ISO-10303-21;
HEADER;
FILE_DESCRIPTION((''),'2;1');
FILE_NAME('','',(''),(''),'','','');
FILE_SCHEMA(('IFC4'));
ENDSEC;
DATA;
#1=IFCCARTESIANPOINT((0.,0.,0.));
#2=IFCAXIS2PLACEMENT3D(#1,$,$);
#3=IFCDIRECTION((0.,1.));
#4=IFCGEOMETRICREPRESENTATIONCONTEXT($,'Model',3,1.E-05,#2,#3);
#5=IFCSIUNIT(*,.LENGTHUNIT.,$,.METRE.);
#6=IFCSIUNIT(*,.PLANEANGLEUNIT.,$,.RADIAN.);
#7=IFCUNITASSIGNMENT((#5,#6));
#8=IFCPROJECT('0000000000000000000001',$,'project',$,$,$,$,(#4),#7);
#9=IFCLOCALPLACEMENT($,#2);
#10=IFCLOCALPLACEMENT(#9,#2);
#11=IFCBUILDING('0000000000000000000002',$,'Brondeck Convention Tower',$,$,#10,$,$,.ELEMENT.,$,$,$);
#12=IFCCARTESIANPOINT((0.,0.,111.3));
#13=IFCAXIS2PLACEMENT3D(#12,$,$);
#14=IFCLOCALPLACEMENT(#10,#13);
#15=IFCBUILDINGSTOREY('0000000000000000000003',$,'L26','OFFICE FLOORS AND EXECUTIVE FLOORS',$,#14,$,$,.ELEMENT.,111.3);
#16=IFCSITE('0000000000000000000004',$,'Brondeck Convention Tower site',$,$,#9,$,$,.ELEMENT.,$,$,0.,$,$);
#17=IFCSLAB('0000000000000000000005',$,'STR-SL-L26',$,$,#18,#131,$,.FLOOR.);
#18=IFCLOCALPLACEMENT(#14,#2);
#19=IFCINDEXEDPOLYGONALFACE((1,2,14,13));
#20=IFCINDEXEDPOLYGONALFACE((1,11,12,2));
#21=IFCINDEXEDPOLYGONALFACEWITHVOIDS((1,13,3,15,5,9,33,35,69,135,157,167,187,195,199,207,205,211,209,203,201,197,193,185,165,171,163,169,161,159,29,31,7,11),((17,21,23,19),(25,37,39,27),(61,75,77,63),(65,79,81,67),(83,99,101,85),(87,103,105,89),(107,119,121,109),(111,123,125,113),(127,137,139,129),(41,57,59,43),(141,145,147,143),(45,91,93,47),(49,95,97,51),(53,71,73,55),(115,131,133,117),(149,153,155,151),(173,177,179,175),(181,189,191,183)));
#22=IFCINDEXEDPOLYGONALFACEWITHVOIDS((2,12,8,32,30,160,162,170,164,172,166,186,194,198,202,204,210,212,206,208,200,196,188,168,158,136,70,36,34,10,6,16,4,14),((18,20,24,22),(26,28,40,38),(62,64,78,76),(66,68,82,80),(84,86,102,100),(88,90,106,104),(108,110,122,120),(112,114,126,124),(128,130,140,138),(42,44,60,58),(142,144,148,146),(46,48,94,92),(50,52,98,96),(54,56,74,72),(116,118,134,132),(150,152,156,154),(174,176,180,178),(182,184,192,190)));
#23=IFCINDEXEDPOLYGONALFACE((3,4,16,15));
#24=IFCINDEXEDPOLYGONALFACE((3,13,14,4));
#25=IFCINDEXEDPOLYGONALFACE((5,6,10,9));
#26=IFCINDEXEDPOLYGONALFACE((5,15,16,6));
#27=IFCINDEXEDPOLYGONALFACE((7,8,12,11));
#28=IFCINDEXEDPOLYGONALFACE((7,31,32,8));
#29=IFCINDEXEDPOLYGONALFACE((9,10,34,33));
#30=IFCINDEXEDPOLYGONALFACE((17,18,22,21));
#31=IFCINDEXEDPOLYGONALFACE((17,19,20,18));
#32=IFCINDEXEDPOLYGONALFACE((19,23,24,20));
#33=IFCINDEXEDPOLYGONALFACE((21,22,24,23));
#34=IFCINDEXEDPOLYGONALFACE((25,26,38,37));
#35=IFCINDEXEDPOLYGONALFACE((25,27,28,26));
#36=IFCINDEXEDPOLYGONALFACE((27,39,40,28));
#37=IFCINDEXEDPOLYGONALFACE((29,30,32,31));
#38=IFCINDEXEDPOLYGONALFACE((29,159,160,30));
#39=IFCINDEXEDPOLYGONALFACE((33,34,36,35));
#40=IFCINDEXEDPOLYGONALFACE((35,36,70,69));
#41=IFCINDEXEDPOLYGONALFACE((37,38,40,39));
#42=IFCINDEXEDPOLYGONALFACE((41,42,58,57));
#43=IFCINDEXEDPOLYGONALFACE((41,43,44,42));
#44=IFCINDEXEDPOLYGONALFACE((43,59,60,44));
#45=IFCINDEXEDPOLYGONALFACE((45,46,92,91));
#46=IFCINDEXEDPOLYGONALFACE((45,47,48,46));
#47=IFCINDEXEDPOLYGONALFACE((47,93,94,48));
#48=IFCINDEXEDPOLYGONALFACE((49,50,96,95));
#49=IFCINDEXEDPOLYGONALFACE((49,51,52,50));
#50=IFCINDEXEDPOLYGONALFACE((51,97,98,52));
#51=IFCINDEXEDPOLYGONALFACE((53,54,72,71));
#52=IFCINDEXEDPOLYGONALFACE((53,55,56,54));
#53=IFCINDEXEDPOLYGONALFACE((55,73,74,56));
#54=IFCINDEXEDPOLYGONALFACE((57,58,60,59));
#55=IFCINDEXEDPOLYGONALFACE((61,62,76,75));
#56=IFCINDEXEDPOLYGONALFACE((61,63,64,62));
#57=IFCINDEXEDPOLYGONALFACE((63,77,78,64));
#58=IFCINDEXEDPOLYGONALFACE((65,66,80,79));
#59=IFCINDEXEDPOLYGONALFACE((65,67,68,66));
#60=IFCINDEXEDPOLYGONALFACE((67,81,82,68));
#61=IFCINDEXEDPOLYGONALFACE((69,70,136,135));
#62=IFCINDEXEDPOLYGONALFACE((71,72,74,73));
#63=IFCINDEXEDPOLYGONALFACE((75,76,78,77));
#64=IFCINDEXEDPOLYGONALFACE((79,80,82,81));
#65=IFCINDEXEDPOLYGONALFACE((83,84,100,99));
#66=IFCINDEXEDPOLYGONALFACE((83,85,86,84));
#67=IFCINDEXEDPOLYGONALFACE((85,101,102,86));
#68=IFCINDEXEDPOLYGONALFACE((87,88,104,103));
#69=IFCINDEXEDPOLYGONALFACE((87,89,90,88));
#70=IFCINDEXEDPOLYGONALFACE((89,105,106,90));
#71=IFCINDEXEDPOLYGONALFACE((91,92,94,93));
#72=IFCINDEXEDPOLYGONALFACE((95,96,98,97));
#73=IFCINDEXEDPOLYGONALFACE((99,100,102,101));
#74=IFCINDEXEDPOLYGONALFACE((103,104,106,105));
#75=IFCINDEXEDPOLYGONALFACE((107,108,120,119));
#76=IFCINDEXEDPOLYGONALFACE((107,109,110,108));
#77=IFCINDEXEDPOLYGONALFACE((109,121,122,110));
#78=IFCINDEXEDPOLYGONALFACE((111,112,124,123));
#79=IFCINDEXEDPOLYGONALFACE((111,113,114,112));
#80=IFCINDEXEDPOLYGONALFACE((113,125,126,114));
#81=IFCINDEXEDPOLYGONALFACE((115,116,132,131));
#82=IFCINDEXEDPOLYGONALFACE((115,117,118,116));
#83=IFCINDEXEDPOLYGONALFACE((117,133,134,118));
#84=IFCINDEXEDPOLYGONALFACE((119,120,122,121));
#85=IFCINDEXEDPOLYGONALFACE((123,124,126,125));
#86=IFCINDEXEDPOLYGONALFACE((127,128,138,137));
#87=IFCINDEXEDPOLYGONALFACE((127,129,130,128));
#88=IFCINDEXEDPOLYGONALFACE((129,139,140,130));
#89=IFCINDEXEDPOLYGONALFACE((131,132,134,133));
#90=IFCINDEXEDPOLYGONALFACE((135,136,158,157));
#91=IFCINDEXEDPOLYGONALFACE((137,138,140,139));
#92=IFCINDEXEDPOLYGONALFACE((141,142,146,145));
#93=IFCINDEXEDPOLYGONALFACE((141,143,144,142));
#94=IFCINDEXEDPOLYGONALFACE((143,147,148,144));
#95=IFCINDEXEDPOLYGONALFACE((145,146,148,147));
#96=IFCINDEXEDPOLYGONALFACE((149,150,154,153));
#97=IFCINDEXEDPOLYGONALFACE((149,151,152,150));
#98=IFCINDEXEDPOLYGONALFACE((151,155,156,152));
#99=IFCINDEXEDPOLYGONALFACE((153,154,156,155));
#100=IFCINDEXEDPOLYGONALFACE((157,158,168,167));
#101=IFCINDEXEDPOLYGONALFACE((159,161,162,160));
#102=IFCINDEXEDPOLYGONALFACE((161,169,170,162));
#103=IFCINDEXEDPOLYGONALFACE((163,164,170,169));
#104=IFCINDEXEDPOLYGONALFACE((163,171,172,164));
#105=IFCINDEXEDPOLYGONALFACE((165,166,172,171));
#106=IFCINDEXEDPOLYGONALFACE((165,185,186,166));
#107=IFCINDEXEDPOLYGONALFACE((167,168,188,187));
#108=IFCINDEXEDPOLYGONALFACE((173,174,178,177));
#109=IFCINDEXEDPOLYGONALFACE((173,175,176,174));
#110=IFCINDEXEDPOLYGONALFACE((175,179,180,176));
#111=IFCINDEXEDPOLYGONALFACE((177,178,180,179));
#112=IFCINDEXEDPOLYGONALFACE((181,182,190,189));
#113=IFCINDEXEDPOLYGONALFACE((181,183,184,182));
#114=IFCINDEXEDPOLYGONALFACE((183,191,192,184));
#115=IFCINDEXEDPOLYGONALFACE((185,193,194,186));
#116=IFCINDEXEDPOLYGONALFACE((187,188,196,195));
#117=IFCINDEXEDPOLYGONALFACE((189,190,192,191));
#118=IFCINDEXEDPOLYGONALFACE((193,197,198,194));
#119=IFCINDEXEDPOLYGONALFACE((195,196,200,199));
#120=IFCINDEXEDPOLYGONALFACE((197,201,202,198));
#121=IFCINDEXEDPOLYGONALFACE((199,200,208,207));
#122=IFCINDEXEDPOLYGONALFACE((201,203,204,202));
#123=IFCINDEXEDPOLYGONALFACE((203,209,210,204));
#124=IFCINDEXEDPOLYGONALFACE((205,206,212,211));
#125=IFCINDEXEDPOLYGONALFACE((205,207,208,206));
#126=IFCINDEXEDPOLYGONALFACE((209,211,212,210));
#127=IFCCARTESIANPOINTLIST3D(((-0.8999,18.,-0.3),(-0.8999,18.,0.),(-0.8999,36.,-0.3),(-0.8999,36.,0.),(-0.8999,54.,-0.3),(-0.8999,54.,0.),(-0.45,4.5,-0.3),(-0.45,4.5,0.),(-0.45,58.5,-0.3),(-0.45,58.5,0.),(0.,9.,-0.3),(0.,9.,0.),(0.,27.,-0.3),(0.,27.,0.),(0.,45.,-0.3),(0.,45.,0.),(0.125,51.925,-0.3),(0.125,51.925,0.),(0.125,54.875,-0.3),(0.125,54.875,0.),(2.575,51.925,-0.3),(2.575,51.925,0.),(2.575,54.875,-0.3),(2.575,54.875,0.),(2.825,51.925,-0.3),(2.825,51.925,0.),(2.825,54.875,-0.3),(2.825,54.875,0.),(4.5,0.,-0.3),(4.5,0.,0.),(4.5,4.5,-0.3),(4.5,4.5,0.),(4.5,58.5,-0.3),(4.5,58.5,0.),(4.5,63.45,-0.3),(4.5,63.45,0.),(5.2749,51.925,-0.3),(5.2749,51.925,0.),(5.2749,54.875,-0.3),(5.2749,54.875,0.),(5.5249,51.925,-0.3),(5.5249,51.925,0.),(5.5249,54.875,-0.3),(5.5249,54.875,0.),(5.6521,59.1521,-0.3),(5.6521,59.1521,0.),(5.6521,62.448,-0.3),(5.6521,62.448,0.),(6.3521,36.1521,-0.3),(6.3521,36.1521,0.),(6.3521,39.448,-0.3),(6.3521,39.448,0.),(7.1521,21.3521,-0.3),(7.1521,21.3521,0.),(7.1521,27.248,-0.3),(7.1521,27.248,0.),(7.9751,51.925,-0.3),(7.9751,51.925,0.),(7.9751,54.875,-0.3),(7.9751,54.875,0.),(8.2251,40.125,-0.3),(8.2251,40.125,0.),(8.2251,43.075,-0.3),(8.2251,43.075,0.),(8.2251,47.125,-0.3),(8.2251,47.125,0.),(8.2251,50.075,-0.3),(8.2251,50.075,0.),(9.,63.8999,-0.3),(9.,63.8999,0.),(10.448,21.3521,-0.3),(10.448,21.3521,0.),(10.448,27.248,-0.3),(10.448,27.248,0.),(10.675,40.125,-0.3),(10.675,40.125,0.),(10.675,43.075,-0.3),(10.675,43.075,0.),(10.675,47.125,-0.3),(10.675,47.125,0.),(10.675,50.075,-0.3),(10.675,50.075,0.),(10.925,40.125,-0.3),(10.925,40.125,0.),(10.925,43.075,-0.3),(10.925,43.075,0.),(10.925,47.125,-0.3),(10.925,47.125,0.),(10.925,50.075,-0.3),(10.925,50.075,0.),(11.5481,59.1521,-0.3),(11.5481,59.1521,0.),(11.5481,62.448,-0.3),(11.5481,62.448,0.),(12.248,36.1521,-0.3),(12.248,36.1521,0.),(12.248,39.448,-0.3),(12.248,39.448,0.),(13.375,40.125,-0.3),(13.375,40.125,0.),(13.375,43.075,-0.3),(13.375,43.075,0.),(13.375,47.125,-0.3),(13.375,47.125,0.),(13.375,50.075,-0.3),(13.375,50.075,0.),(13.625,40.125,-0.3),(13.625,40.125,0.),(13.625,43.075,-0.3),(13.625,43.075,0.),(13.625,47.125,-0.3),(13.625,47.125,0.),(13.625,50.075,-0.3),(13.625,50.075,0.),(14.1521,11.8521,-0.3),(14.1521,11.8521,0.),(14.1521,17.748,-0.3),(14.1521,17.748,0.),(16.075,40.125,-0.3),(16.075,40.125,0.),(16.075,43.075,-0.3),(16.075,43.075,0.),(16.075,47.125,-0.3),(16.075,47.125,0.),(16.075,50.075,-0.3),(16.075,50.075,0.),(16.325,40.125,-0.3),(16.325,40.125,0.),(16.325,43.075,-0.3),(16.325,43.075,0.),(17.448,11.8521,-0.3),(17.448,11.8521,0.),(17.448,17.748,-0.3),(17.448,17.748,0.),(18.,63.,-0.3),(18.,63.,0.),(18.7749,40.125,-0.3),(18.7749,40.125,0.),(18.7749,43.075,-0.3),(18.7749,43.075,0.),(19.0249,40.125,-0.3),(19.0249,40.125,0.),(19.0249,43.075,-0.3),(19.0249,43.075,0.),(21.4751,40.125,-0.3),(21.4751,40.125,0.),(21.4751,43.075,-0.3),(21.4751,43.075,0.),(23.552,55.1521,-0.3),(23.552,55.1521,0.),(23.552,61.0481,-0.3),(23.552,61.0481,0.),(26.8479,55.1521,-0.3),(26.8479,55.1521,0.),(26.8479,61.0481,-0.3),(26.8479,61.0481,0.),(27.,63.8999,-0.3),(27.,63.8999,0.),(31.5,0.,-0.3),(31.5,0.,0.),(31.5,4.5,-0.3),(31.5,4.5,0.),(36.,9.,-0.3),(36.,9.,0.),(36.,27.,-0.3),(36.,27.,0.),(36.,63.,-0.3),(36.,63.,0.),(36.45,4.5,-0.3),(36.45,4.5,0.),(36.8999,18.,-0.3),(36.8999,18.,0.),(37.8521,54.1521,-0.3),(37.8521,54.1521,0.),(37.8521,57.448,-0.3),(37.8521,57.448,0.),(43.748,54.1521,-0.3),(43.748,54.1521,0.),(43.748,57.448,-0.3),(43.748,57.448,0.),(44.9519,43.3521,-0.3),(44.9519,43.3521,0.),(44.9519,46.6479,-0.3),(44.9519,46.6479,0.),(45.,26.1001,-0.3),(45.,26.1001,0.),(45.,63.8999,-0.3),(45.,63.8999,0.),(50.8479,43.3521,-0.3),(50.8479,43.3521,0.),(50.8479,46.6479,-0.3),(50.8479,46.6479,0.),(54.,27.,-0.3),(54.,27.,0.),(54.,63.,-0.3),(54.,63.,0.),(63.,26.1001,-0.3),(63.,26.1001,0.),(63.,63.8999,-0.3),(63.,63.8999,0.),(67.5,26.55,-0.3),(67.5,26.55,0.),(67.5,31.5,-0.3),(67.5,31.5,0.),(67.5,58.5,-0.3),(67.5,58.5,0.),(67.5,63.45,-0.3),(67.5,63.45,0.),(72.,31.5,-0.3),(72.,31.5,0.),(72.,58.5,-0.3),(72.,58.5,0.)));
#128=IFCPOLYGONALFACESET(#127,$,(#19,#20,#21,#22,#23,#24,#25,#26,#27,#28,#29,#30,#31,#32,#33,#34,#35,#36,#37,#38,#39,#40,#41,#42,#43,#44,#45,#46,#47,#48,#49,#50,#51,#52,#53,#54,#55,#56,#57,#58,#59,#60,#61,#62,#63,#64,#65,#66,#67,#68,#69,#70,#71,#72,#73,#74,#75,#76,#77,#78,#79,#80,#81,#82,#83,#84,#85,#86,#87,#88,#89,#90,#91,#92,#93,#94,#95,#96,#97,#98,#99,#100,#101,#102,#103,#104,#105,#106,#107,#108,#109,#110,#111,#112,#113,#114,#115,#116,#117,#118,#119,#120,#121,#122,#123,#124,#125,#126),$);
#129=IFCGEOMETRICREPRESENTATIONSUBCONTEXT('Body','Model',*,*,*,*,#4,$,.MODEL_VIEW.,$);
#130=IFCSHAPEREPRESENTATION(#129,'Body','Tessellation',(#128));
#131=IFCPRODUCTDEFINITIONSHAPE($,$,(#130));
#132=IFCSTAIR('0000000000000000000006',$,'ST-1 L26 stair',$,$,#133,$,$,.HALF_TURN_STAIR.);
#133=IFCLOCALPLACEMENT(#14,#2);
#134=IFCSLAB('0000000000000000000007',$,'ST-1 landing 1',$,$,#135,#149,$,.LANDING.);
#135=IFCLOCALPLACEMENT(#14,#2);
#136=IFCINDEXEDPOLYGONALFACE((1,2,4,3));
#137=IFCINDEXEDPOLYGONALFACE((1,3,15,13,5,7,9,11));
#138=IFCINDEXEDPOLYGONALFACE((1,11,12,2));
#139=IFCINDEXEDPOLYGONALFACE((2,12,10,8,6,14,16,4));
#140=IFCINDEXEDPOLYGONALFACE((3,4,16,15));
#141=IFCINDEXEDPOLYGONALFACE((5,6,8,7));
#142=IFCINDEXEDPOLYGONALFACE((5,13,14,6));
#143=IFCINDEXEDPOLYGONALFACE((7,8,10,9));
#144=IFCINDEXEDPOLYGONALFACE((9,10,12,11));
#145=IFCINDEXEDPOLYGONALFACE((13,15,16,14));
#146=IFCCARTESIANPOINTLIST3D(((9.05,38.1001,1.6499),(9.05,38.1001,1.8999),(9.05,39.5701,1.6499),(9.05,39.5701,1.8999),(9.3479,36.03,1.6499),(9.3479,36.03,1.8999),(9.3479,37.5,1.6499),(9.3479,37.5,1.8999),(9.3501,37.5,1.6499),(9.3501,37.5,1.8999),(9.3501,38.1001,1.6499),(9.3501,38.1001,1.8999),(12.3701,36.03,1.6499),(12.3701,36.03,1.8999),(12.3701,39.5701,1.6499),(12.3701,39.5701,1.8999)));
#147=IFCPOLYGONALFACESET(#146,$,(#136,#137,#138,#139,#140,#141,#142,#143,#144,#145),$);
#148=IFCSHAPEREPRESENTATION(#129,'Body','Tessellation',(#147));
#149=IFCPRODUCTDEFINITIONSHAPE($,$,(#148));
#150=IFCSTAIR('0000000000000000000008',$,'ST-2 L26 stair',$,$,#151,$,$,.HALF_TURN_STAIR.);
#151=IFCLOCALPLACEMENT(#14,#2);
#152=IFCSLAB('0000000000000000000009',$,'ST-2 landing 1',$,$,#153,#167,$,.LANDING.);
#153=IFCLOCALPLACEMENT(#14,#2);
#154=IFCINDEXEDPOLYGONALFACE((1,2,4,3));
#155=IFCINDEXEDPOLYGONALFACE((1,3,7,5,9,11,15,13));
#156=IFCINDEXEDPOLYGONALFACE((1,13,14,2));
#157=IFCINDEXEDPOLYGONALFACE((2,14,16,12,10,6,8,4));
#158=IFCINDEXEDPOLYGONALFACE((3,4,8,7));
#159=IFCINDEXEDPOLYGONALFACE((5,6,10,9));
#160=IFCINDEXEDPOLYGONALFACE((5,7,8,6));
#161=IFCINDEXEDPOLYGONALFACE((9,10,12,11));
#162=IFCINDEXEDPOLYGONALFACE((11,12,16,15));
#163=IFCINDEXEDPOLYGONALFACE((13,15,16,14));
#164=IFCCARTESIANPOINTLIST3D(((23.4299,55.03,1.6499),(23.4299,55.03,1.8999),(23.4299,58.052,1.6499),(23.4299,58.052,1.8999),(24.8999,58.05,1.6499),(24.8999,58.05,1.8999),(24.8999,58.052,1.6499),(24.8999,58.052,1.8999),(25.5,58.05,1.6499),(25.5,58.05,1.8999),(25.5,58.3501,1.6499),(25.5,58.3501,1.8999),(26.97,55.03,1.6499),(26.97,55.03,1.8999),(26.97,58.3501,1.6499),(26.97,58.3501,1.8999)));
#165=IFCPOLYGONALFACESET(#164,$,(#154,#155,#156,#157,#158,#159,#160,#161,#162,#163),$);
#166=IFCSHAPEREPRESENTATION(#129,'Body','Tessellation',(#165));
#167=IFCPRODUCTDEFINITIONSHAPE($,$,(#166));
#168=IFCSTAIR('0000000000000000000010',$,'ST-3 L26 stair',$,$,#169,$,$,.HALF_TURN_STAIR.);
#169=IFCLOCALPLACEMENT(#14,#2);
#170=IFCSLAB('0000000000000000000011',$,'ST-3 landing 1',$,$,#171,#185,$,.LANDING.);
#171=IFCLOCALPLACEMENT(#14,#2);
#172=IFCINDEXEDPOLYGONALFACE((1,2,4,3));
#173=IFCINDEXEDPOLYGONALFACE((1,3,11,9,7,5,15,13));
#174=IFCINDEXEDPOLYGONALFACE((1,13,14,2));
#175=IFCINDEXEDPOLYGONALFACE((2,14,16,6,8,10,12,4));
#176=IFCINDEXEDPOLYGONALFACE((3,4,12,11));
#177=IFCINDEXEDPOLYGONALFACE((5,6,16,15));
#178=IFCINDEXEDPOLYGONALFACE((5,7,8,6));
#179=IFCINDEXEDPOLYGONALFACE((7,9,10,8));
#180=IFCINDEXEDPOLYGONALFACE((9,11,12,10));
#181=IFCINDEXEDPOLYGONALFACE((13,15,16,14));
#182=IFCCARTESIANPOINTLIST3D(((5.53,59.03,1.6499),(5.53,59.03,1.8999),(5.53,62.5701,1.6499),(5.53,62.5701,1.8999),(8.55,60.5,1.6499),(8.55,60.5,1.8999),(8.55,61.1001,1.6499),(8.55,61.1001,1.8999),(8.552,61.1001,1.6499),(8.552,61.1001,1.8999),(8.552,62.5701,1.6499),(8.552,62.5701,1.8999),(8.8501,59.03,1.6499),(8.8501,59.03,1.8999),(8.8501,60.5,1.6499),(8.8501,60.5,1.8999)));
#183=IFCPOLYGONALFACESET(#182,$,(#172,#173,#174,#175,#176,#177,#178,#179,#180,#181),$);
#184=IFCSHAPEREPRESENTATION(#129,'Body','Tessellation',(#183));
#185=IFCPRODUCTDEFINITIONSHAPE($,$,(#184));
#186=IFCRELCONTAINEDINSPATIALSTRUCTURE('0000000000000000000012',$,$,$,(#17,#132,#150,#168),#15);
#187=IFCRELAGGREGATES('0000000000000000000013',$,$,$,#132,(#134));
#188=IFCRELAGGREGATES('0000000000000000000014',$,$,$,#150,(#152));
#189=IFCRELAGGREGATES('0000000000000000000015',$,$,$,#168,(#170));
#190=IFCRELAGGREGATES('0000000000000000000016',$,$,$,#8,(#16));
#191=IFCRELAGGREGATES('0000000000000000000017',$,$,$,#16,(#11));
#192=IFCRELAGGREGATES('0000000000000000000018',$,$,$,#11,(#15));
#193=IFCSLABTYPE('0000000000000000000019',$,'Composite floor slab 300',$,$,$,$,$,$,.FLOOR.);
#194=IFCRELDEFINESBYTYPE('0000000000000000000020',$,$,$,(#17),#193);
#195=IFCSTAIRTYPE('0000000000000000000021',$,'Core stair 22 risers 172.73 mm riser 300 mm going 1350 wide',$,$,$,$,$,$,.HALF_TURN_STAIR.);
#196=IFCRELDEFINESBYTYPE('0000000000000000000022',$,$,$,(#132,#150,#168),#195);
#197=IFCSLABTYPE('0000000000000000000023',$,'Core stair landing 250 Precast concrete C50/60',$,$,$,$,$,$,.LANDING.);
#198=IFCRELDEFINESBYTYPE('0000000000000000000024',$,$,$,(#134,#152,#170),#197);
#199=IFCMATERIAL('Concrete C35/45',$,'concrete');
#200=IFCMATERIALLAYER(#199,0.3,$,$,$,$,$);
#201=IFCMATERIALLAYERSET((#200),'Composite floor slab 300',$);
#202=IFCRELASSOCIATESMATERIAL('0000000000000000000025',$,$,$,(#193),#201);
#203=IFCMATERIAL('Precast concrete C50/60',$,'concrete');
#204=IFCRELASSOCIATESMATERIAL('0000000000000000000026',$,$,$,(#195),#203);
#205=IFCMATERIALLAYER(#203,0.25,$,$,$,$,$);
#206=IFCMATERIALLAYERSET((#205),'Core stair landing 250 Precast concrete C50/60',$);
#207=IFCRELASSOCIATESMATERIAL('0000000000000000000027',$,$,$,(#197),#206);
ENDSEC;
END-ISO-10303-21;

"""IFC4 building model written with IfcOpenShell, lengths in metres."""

from ifc_helpers import new_model, si_unit, direction, frame, origin, place, context, subcontext, project, spatial, polyline, outline, extrude, material, layer, layer_set, type_object, element, aggregate, save


model = new_model("IFC4")

# Units and contexts
model_context = context("Model", 3, precision=1e-05, world=origin(), true_north=direction((0.0, 1.0)))
body_context = subcontext(model_context, "Body", "Model", "MODEL_VIEW")
ifc_project = project(units=[si_unit("LENGTHUNIT", "METRE"), si_unit("PLANEANGLEUNIT", "RADIAN")], contexts=[model_context])

# Site, building, storey
site_placement = place(None, origin())
site = spatial("IfcSite", under=ifc_project, at=site_placement, Name="Brondeck Convention Tower site", CompositionType="ELEMENT", RefElevation=0.0)
building_placement = place(site_placement, origin())
building = spatial("IfcBuilding", under=site, at=building_placement, Name="Brondeck Convention Tower", CompositionType="ELEMENT")
storey_placement = place(building_placement, frame((0.0, 0.0, 111.3)))
storey = spatial("IfcBuildingStorey", under=building, at=storey_placement, Name="L26", Description="OFFICE FLOORS AND EXECUTIVE FLOORS", CompositionType="ELEMENT", Elevation=111.3)

# Slab
ifc_material_1 = material(Name="Concrete C35/45", Category="concrete")
ifc_layer_1 = layer(ifc_material_1, 0.3)
ifc_layer_set_1 = layer_set([ifc_layer_1], Name="Composite floor slab 300")
slab_type_1 = type_object("IfcSlabType", Name="Composite floor slab 300", PredefinedType="FLOOR", material=ifc_layer_set_1)
slab_1_placement = place(storey_placement, frame((0.0, 0.0, -0.3)))
element("IfcSlab", 1, at=slab_1_placement, inside=storey, type_object=slab_type_1, Name="STR-SL-L26", PredefinedType="FLOOR", context=body_context, shape_type="SweptSolid", body=[
    extrude(outline(polyline([(4.5, 4.5), (-0.45, 4.5), (0.0, 9.0), (-0.8999, 18.0), (0.0, 27.0), (-0.8999, 36.0), (0.0, 45.0), (-0.8999, 54.0), (-0.45, 58.5), (4.5, 58.5), (4.5, 63.45), (9.0, 63.8999), (18.0, 63.0), (27.0, 63.8999), (36.0, 63.0), (45.0, 63.8999), (54.0, 63.0), (63.0, 63.8999), (67.5, 63.45), (67.5, 58.5), (72.0, 58.5), (72.0, 31.5), (67.5, 31.5), (67.5, 26.55), (63.0, 26.1001), (54.0, 27.0), (45.0, 26.1001), (36.0, 27.0), (36.8999, 18.0), (36.0, 9.0), (36.45, 4.5), (31.5, 4.5), (31.5, 0.0), (4.5, 0.0), (4.5, 4.5)]), holes=[polyline([(10.448, 27.248), (7.1521, 27.248), (7.1521, 21.3521), (10.448, 21.3521), (10.448, 27.248)]), polyline([(12.248, 36.1521), (12.248, 39.448), (6.3521, 39.448), (6.3521, 36.1521), (12.248, 36.1521)]), polyline([(10.675, 40.125), (10.675, 43.075), (8.2251, 43.075), (8.2251, 40.125), (10.675, 40.125)]), polyline([(10.675, 47.125), (10.675, 50.075), (8.2251, 50.075), (8.2251, 47.125), (10.675, 47.125)]), polyline([(13.375, 47.125), (13.375, 50.075), (10.925, 50.075), (10.925, 47.125), (13.375, 47.125)]), polyline([(2.575, 51.925), (2.575, 54.875), (0.125, 54.875), (0.125, 51.925), (2.575, 51.925)]), polyline([(5.2749, 51.925), (5.2749, 54.875), (2.825, 54.875), (2.825, 51.925), (5.2749, 51.925)]), polyline([(5.5249, 51.925), (7.9751, 51.925), (7.9751, 54.875), (5.5249, 54.875), (5.5249, 51.925)]), polyline([(11.5481, 62.448), (5.6521, 62.448), (5.6521, 59.1521), (11.5481, 59.1521), (11.5481, 62.448)]), polyline([(17.448, 17.748), (14.1521, 17.748), (14.1521, 11.8521), (17.448, 11.8521), (17.448, 17.748)]), polyline([(13.375, 40.125), (13.375, 43.075), (10.925, 43.075), (10.925, 40.125), (13.375, 40.125)]), polyline([(16.075, 40.125), (16.075, 43.075), (13.625, 43.075), (13.625, 40.125), (16.075, 40.125)]), polyline([(18.7749, 40.125), (18.7749, 43.075), (16.325, 43.075), (16.325, 40.125), (18.7749, 40.125)]), polyline([(21.4751, 40.125), (21.4751, 43.075), (19.0249, 43.075), (19.0249, 40.125), (21.4751, 40.125)]), polyline([(50.8479, 43.3521), (50.8479, 46.6479), (44.9519, 46.6479), (44.9519, 43.3521), (50.8479, 43.3521)]), polyline([(16.075, 47.125), (16.075, 50.075), (13.625, 50.075), (13.625, 47.125), (16.075, 47.125)]), polyline([(37.8521, 54.1521), (43.748, 54.1521), (43.748, 57.448), (37.8521, 57.448), (37.8521, 54.1521)]), polyline([(23.552, 61.0481), (23.552, 55.1521), (26.8479, 55.1521), (26.8479, 61.0481), (23.552, 61.0481)])]), origin(), (0.0, 0.0, 1.0), 0.3),
])

# Stairs, slabs
ifc_material_2 = material(Name="Precast concrete C50/60", Category="concrete")
stair_type = type_object("IfcStairType", Name="Core stair 22 risers 172.73 mm riser 300 mm going 1350 wide", PredefinedType="HALF_TURN_STAIR", material=ifc_material_2)
stair_1_placement = place(storey_placement, origin())
stair_1 = element("IfcStair", 2, at=stair_1_placement, inside=storey, type_object=stair_type, Name="ST-1 L26 stair", PredefinedType="HALF_TURN_STAIR")
ifc_layer_2 = layer(ifc_material_2, 0.25)
ifc_layer_set_2 = layer_set([ifc_layer_2], Name="Core stair landing 250 Precast concrete C50/60")
slab_type_2 = type_object("IfcSlabType", Name="Core stair landing 250 Precast concrete C50/60", PredefinedType="LANDING", material=ifc_layer_set_2)
slab_2_placement = place(storey_placement, frame((0.0, 0.0, 1.6499)))
slab_2 = element("IfcSlab", 3, at=slab_2_placement, type_object=slab_type_2, Name="ST-1 landing 1", PredefinedType="LANDING", context=body_context, shape_type="SweptSolid", body=[
    extrude(outline(polyline([(9.3479, 37.5), (9.3501, 37.5), (9.3501, 38.1001), (9.05, 38.1001), (9.05, 39.5701), (12.3701, 39.5701), (12.3701, 36.03), (9.3479, 36.03), (9.3479, 37.5)])), origin(), (0.0, 0.0, 1.0), 0.25),
])
aggregate(stair_1, [slab_2])
stair_2_placement = place(storey_placement, origin())
stair_2 = element("IfcStair", 4, at=stair_2_placement, inside=storey, type_object=stair_type, Name="ST-2 L26 stair", PredefinedType="HALF_TURN_STAIR")
slab_3_placement = place(storey_placement, frame((0.0, 0.0, 1.6499)))
slab_3 = element("IfcSlab", 5, at=slab_3_placement, type_object=slab_type_2, Name="ST-2 landing 1", PredefinedType="LANDING", context=body_context, shape_type="SweptSolid", body=[
    extrude(outline(polyline([(23.4299, 58.052), (24.8999, 58.052), (24.8999, 58.05), (25.5, 58.05), (25.5, 58.3501), (26.97, 58.3501), (26.97, 55.03), (23.4299, 55.03), (23.4299, 58.052)])), origin(), (0.0, 0.0, 1.0), 0.25),
])
aggregate(stair_2, [slab_3])
stair_3_placement = place(storey_placement, origin())
stair_3 = element("IfcStair", 6, at=stair_3_placement, inside=storey, type_object=stair_type, Name="ST-3 L26 stair", PredefinedType="HALF_TURN_STAIR")
slab_4_placement = place(storey_placement, frame((0.0, 0.0, 1.6499)))
slab_4 = element("IfcSlab", 7, at=slab_4_placement, type_object=slab_type_2, Name="ST-3 landing 1", PredefinedType="LANDING", context=body_context, shape_type="SweptSolid", body=[
    extrude(outline(polyline([(8.8501, 60.5), (8.8501, 59.03), (5.53, 59.03), (5.53, 62.5701), (8.552, 62.5701), (8.552, 61.1001), (8.55, 61.1001), (8.55, 60.5), (8.8501, 60.5)])), origin(), (0.0, 0.0, 1.0), 0.25),
])
aggregate(stair_3, [slab_4])

save(model, "model.ifc")
